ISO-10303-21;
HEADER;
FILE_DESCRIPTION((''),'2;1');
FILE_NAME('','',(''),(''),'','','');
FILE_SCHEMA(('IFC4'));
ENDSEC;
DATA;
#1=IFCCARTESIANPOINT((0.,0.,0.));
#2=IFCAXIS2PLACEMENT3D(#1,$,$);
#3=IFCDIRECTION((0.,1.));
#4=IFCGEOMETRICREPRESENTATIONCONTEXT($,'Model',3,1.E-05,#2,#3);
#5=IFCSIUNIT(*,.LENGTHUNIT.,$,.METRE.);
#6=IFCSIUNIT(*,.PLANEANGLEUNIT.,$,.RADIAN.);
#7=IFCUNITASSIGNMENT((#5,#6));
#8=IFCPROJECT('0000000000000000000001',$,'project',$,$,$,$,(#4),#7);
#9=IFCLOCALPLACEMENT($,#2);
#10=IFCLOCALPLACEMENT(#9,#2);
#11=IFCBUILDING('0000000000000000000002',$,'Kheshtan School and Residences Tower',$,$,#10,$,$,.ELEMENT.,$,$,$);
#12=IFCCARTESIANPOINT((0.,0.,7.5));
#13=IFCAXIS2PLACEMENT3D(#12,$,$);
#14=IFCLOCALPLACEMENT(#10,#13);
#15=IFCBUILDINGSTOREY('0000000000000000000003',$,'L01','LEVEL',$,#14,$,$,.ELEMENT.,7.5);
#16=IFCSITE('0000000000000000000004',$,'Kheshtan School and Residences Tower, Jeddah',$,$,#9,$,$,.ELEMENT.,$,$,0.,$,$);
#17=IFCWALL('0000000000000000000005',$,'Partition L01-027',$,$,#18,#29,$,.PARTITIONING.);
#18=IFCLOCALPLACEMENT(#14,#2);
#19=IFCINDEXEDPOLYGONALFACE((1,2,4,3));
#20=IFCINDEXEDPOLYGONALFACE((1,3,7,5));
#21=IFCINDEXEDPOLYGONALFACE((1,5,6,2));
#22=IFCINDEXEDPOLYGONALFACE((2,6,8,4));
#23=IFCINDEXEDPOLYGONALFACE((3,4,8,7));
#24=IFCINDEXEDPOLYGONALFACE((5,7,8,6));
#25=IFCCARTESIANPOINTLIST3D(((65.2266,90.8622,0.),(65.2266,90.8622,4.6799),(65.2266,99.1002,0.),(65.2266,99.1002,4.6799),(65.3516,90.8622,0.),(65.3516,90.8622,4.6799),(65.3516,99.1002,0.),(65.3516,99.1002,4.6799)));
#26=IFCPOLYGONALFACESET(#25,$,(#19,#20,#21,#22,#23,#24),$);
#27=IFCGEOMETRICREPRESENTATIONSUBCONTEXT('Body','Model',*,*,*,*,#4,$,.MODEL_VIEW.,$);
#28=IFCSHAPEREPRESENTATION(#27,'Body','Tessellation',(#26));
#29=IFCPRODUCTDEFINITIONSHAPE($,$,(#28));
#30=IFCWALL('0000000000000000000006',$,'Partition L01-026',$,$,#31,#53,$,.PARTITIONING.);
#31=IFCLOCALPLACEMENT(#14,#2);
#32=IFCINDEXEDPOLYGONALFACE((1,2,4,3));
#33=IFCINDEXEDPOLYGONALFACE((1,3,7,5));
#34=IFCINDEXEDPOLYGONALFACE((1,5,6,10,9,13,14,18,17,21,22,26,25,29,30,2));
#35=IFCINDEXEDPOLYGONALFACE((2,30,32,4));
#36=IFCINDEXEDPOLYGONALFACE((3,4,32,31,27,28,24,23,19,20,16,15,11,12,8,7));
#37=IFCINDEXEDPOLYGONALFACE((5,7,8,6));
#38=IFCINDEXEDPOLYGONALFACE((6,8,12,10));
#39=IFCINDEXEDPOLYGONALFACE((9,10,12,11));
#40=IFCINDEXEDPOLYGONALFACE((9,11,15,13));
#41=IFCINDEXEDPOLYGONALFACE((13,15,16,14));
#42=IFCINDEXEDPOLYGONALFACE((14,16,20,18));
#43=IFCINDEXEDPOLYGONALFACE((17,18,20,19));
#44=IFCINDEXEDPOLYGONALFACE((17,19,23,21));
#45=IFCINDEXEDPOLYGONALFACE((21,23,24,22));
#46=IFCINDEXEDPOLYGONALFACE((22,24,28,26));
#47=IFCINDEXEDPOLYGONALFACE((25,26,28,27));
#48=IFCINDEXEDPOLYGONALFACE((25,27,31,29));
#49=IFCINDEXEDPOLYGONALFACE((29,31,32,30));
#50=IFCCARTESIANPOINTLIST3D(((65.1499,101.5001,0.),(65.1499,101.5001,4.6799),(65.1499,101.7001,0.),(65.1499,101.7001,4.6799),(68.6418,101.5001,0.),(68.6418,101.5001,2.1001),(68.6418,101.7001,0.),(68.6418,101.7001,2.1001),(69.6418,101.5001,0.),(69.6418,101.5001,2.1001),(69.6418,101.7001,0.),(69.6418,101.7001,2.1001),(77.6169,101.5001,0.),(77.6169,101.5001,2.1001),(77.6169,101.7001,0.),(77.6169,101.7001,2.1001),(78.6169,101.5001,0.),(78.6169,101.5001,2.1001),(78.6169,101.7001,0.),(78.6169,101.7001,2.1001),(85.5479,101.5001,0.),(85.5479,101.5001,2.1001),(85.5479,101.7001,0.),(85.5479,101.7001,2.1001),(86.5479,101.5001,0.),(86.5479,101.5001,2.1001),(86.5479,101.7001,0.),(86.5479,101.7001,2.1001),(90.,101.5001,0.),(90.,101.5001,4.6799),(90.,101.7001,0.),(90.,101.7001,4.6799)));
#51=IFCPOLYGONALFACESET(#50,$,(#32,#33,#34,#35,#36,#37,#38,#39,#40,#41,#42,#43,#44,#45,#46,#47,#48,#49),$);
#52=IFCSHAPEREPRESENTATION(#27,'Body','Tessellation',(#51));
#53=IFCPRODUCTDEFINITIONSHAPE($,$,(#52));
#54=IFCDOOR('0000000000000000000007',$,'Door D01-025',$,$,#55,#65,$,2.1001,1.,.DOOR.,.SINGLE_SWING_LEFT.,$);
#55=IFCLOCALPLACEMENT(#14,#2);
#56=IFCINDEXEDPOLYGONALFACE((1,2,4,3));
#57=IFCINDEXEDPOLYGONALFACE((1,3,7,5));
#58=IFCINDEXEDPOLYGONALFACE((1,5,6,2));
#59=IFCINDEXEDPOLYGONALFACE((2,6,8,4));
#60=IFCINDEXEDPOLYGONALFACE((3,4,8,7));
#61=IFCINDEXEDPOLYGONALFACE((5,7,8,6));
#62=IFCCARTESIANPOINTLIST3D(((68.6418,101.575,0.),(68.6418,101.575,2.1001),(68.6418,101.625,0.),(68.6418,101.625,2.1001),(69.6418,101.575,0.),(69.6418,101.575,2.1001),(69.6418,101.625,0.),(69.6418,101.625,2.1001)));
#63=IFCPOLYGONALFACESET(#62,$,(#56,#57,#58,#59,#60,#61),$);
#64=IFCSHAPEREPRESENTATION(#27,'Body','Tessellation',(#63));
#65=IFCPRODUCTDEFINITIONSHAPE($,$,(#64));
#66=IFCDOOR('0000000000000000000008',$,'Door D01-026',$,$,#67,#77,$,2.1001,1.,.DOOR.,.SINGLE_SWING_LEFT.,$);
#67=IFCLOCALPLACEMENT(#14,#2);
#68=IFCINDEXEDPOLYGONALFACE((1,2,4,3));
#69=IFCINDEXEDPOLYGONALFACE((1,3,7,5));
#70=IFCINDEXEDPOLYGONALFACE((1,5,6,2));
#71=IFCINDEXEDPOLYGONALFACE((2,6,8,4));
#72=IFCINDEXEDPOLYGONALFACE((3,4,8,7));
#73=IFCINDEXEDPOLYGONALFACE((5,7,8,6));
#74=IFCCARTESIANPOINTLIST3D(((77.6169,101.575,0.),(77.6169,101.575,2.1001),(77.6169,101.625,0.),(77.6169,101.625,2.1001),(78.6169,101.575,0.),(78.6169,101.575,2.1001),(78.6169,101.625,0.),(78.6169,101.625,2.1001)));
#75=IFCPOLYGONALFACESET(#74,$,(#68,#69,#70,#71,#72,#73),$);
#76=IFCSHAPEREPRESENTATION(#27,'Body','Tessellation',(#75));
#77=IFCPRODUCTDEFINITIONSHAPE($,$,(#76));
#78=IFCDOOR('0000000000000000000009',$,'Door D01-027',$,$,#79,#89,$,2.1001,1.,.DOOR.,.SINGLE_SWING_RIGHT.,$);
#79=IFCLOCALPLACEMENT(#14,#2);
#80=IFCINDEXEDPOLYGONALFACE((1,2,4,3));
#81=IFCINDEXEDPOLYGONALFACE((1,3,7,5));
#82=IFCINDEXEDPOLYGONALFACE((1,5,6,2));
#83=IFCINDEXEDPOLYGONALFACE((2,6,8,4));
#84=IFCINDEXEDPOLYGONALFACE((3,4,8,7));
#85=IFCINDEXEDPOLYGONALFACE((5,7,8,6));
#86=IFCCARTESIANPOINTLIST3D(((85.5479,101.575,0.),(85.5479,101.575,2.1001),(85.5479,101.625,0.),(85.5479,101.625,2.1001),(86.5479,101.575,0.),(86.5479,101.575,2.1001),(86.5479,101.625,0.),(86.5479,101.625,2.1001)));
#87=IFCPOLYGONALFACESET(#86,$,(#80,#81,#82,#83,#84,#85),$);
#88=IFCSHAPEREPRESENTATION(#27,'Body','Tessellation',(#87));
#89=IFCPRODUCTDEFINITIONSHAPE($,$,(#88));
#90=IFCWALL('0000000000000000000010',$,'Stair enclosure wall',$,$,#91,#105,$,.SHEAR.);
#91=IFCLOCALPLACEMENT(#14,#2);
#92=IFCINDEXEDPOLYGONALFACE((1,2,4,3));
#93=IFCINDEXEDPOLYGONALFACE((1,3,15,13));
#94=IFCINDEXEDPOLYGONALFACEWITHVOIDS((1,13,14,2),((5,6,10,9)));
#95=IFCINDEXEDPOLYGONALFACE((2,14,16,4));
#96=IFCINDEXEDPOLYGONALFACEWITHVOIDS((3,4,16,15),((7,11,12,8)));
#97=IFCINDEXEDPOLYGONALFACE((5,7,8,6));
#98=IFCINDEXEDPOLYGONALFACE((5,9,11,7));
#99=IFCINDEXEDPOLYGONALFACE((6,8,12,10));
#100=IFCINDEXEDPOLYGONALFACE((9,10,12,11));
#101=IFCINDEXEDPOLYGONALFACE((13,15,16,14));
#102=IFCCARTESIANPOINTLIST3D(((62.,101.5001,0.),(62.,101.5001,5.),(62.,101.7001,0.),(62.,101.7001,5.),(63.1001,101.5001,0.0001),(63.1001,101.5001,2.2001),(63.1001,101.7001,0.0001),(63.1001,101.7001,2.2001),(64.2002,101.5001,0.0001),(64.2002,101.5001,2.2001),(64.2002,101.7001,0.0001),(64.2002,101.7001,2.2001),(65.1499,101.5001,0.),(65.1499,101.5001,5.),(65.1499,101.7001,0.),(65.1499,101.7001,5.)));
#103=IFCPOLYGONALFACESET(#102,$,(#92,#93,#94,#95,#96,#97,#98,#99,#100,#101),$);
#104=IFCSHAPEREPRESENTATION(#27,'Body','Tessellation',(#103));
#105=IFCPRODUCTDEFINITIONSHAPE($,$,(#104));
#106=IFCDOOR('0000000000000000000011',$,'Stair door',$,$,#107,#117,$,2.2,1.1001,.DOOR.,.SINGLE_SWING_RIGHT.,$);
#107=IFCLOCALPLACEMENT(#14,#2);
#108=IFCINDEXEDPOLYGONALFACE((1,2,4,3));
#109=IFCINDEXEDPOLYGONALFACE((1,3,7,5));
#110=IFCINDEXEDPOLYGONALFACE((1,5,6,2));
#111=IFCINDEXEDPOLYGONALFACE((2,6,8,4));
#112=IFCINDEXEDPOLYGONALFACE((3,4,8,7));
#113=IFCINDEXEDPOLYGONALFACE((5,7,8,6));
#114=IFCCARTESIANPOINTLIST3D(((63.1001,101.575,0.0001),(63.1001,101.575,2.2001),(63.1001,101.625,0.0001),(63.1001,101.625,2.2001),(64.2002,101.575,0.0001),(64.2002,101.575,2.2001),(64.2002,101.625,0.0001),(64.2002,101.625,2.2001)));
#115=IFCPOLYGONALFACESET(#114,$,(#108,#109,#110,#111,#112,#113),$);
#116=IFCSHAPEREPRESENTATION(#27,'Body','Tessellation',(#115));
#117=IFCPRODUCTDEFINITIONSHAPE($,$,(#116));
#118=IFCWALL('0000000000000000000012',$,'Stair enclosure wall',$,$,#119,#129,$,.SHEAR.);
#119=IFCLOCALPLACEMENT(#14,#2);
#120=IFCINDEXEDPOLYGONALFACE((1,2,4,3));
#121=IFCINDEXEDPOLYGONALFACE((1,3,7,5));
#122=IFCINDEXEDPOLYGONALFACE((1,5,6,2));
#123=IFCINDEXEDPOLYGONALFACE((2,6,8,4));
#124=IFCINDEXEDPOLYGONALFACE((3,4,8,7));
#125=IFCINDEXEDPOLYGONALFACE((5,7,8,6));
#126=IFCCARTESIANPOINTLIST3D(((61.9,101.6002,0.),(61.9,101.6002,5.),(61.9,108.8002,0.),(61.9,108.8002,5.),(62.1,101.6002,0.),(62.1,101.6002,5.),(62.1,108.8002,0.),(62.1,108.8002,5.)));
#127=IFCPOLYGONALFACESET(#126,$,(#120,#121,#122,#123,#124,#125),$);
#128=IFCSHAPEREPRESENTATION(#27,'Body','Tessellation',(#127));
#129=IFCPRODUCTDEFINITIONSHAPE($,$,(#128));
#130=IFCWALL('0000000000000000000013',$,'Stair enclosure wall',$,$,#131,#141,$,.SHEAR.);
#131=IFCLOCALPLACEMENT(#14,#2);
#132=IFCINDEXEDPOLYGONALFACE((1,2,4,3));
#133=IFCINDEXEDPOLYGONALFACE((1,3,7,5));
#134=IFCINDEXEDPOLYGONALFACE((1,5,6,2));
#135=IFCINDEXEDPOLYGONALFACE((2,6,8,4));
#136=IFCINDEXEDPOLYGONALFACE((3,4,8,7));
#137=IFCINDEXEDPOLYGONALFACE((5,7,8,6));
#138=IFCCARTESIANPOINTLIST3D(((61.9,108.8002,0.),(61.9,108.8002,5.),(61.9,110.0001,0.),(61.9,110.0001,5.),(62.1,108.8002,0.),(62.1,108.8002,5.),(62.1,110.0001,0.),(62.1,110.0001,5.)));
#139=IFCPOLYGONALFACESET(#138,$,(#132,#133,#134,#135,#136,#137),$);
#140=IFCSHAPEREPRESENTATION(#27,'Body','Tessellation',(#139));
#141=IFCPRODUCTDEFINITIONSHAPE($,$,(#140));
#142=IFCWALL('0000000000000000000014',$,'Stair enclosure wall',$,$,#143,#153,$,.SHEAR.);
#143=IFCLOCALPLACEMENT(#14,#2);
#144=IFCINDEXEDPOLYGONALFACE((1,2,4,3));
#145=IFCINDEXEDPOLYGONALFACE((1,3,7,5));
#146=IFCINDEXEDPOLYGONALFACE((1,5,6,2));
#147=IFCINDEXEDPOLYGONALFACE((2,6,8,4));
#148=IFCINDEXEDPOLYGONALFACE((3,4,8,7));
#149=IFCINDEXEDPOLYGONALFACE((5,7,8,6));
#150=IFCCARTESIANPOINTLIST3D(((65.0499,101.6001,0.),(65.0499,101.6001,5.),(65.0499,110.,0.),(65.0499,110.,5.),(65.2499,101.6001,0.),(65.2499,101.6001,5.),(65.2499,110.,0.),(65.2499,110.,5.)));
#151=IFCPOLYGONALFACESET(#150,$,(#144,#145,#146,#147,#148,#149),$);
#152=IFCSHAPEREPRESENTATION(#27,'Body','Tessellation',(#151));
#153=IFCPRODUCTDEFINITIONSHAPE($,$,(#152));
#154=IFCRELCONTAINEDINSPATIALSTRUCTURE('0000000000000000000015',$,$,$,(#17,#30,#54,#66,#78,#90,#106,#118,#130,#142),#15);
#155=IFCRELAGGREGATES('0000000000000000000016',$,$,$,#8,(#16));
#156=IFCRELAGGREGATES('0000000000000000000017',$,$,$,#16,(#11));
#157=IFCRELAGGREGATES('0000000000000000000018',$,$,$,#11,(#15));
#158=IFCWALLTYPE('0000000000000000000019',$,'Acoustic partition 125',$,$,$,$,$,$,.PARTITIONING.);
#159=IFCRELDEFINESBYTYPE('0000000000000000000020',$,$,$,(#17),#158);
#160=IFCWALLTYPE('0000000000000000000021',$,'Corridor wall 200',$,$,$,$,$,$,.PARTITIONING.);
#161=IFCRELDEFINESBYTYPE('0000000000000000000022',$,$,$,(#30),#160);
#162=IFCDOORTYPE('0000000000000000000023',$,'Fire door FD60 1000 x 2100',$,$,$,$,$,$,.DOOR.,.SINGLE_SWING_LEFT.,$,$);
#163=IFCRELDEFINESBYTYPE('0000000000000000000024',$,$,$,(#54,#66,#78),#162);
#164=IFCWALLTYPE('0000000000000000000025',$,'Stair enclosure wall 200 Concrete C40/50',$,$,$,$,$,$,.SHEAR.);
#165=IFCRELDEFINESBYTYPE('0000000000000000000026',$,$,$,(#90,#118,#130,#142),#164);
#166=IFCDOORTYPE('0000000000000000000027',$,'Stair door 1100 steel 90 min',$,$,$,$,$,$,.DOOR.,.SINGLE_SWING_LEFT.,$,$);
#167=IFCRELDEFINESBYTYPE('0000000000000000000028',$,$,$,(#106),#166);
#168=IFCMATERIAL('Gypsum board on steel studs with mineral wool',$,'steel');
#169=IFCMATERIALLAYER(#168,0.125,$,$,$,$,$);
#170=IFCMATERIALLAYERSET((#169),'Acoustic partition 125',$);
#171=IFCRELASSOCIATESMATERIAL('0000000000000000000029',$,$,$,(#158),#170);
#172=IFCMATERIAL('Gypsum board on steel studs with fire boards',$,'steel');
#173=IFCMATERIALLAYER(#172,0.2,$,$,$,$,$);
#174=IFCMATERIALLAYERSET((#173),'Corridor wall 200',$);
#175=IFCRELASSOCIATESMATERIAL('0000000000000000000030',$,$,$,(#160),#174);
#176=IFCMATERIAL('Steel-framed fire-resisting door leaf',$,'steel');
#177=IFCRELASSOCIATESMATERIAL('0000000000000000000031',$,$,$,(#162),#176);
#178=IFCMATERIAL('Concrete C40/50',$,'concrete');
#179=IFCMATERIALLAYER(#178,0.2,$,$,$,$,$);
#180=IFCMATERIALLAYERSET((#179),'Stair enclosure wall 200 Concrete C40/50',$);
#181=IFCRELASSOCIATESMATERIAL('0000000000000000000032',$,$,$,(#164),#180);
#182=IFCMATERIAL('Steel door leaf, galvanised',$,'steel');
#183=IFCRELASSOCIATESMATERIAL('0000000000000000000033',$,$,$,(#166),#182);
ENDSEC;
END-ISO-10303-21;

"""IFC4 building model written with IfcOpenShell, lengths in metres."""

from ifc_helpers import new_model, si_unit, direction, frame, frame_2d, origin, place, context, subcontext, project, spatial, rectangle, extrude, source, transform, mapped, material, layer, layer_set, type_object, element, fill, save


model = new_model("IFC4")

# Units and contexts
model_context = context("Model", 3, precision=1e-05, world=origin(), true_north=direction((0.0, 1.0)))
body_context = subcontext(model_context, "Body", "Model", "MODEL_VIEW")
ifc_project = project(units=[si_unit("LENGTHUNIT", "METRE"), si_unit("PLANEANGLEUNIT", "RADIAN")], contexts=[model_context])

# Site, building, storey
site_placement = place(None, origin())
site = spatial("IfcSite", under=ifc_project, at=site_placement, Name="Kheshtan School and Residences Tower, Jeddah", CompositionType="ELEMENT", RefElevation=0.0)
building_placement = place(site_placement, origin())
building = spatial("IfcBuilding", under=site, at=building_placement, Name="Kheshtan School and Residences Tower", CompositionType="ELEMENT")
storey_placement = place(building_placement, frame((0.0, 0.0, 7.5)))
storey = spatial("IfcBuildingStorey", under=building, at=storey_placement, Name="L01", Description="LEVEL", CompositionType="ELEMENT", Elevation=7.5)

# Wall
ifc_material_1 = material(Name="Gypsum board on steel studs with mineral wool", Category="steel")
ifc_layer_1 = layer(ifc_material_1, 0.125)
ifc_layer_set_1 = layer_set([ifc_layer_1], Name="Acoustic partition 125")
wall_type_1 = type_object("IfcWallType", Name="Acoustic partition 125", PredefinedType="PARTITIONING", material=ifc_layer_set_1)
wall_1_placement = place(storey_placement, frame((65.2891, 90.8621, 0.0), z_axis=(0.0, 0.0, 1.0), x_axis=(0.0, 1.0, 0.0)))
element("IfcWall", 1, at=wall_1_placement, inside=storey, type_object=wall_type_1, Name="Partition L01-027", PredefinedType="PARTITIONING", context=body_context, shape_type="SweptSolid", body=[
    extrude(rectangle(XDim=8.238, YDim=0.125, at=frame_2d((4.1191, 0.0))), origin(), (0.0, 0.0, 1.0), 4.6799),
])

# Wall, openings, doors
ifc_material_2 = material(Name="Gypsum board on steel studs with fire boards", Category="steel")
ifc_layer_2 = layer(ifc_material_2, 0.2)
ifc_layer_set_2 = layer_set([ifc_layer_2], Name="Corridor wall 200")
wall_type_2 = type_object("IfcWallType", Name="Corridor wall 200", PredefinedType="PARTITIONING", material=ifc_layer_set_2)
wall_2_placement = place(storey_placement, frame((65.1499, 101.6001, 0.0), z_axis=(0.0, 0.0, 1.0), x_axis=(1.0, 0.0, 0.0)))
wall_2 = element("IfcWall", 2, at=wall_2_placement, inside=storey, type_object=wall_type_2, Name="Partition L01-026", PredefinedType="PARTITIONING", context=body_context, shape_type="SweptSolid", body=[
    extrude(rectangle(XDim=24.8501, YDim=0.2, at=frame_2d((12.425, 0.0))), origin(), (0.0, 0.0, 1.0), 4.6799),
])
opening_1_placement = place(wall_2_placement, frame((3.4919, 0.0, 0.0)))
opening_1 = element("IfcOpeningElement", 3, at=opening_1_placement, cuts=wall_2, PredefinedType="OPENING", context=body_context, shape_type="SweptSolid", body=[
    extrude(rectangle(XDim=1.0, YDim=2.1001, at=frame_2d((0.5, 1.05))), frame((0.0, 0.1099, 0.0), z_axis=(0.0, -1.0, 0.0), x_axis=(1.0, 0.0, 0.0)), (0.0, 0.0, 1.0), 0.22),
])
opening_2_placement = place(wall_2_placement, frame((12.467, 0.0, 0.0)))
opening_2 = element("IfcOpeningElement", 4, at=opening_2_placement, cuts=wall_2, PredefinedType="OPENING", context=body_context, shape_type="SweptSolid", body=[
    extrude(rectangle(XDim=1.0, YDim=2.1001, at=frame_2d((0.5, 1.05))), frame((0.0, 0.1099, 0.0), z_axis=(0.0, -1.0, 0.0), x_axis=(1.0, 0.0, 0.0)), (0.0, 0.0, 1.0), 0.22),
])
opening_3_placement = place(wall_2_placement, frame((20.3979, 0.0, 0.0)))
opening_3 = element("IfcOpeningElement", 5, at=opening_3_placement, cuts=wall_2, PredefinedType="OPENING", context=body_context, shape_type="SweptSolid", body=[
    extrude(rectangle(XDim=1.0, YDim=2.1001, at=frame_2d((0.5, 1.05))), frame((0.0, 0.1099, 0.0), z_axis=(0.0, -1.0, 0.0), x_axis=(1.0, 0.0, 0.0)), (0.0, 0.0, 1.0), 0.22),
])
ifc_material_3 = material(Name="Steel-framed fire-resisting door leaf", Category="steel")
door_type_1 = type_object("IfcDoorType", Name="Fire door FD60 1000 x 2100", OperationType="SINGLE_SWING_LEFT", PredefinedType="DOOR", material=ifc_material_3)
shared_shape_1 = source(origin(), body_context, "Body", "SweptSolid", [
    extrude(rectangle(XDim=1.0, YDim=2.1001, at=frame_2d((0.5, 1.05))), frame((0.0, 0.0249, 0.0), z_axis=(0.0, -1.0, 0.0), x_axis=(1.0, 0.0, 0.0)), (0.0, 0.0, 1.0), 0.05),
])
door_1_placement = place(opening_1_placement, origin())
door_1 = element("IfcDoor", 6, at=door_1_placement, inside=storey, type_object=door_type_1, Name="Door D01-025", OperationType="SINGLE_SWING_LEFT", OverallHeight=2.1001, OverallWidth=1.0, PredefinedType="DOOR", context=body_context, shape_type="MappedRepresentation", body=[
    mapped(shared_shape_1, transform((0.0, 0.0, 0.0), x_axis=(1.0, 0.0, 0.0), y_axis=(0.0, 1.0, 0.0), z_axis=(0.0, 0.0, 1.0), scale=1.0)),
])
fill(opening_1, door_1)
door_2_placement = place(opening_2_placement, origin())
door_2 = element("IfcDoor", 7, at=door_2_placement, inside=storey, type_object=door_type_1, Name="Door D01-026", OperationType="SINGLE_SWING_LEFT", OverallHeight=2.1001, OverallWidth=1.0, PredefinedType="DOOR", context=body_context, shape_type="MappedRepresentation", body=[
    mapped(shared_shape_1, transform((0.0, 0.0, 0.0), x_axis=(1.0, 0.0, 0.0), y_axis=(0.0, 1.0, 0.0), z_axis=(0.0, 0.0, 1.0), scale=1.0)),
])
fill(opening_2, door_2)
door_3_placement = place(opening_3_placement, origin())
door_3 = element("IfcDoor", 8, at=door_3_placement, inside=storey, type_object=door_type_1, Name="Door D01-027", OperationType="SINGLE_SWING_RIGHT", OverallHeight=2.1001, OverallWidth=1.0, PredefinedType="DOOR", context=body_context, shape_type="MappedRepresentation", body=[
    mapped(shared_shape_1, transform((0.0, 0.0, 0.0), x_axis=(1.0, 0.0, 0.0), y_axis=(0.0, 1.0, 0.0), z_axis=(0.0, 0.0, 1.0), scale=1.0)),
])
fill(opening_3, door_3)

# Wall, opening, door
ifc_material_4 = material(Name="Concrete C40/50", Category="concrete")
ifc_layer_3 = layer(ifc_material_4, 0.2)
ifc_layer_set_3 = layer_set([ifc_layer_3], Name="Stair enclosure wall 200 Concrete C40/50")
wall_type_3 = type_object("IfcWallType", Name="Stair enclosure wall 200 Concrete C40/50", PredefinedType="SHEAR", material=ifc_layer_set_3)
wall_3_placement = place(storey_placement, frame((62.0, 101.6001, 0.0), z_axis=(0.0, 0.0, 1.0), x_axis=(1.0, 0.0, 0.0)))
wall_3 = element("IfcWall", 9, at=wall_3_placement, inside=storey, type_object=wall_type_3, Name="Stair enclosure wall", PredefinedType="SHEAR", context=body_context, shape_type="SweptSolid", body=[
    extrude(rectangle(XDim=3.1499, YDim=0.2, at=frame_2d((1.575, 0.0))), origin(), (0.0, 0.0, 1.0), 5.0),
])
opening_4_placement = place(wall_3_placement, frame((1.1001, 0.0, 0.0)))
opening_4 = element("IfcOpeningElement", 10, at=opening_4_placement, cuts=wall_3, PredefinedType="OPENING", context=body_context, shape_type="SweptSolid", body=[
    extrude(rectangle(XDim=1.1001, YDim=2.2, at=frame_2d((0.55, 1.1001))), frame((0.0, 0.1099, 0.0), z_axis=(0.0, -1.0, 0.0), x_axis=(1.0, 0.0, 0.0)), (0.0, 0.0, 1.0), 0.22),
])
ifc_material_5 = material(Name="Steel door leaf, galvanised", Category="steel")
door_type_2 = type_object("IfcDoorType", Name="Stair door 1100 steel 90 min", OperationType="SINGLE_SWING_LEFT", PredefinedType="DOOR", material=ifc_material_5)
shared_shape_2 = source(origin(), body_context, "Body", "SweptSolid", [
    extrude(rectangle(XDim=1.1001, YDim=2.2, at=frame_2d((0.55, 1.1001))), frame((0.0, 0.0249, 0.0), z_axis=(0.0, -1.0, 0.0), x_axis=(1.0, 0.0, 0.0)), (0.0, 0.0, 1.0), 0.05),
])
door_4_placement = place(opening_4_placement, origin())
door_4 = element("IfcDoor", 11, at=door_4_placement, inside=storey, type_object=door_type_2, Name="Stair door", OperationType="SINGLE_SWING_RIGHT", OverallHeight=2.2, OverallWidth=1.1001, PredefinedType="DOOR", context=body_context, shape_type="MappedRepresentation", body=[
    mapped(shared_shape_2, transform((0.0, 0.0, 0.0), x_axis=(1.0, 0.0, 0.0), y_axis=(0.0, 1.0, 0.0), z_axis=(0.0, 0.0, 1.0), scale=1.0)),
])
fill(opening_4, door_4)

# Walls
wall_4_placement = place(storey_placement, frame((62.0, 101.6001, 0.0), z_axis=(0.0, 0.0, 1.0), x_axis=(0.0, 1.0, 0.0)))
element("IfcWall", 12, at=wall_4_placement, inside=storey, type_object=wall_type_3, Name="Stair enclosure wall", PredefinedType="SHEAR", context=body_context, shape_type="SweptSolid", body=[
    extrude(rectangle(XDim=7.2, YDim=0.2, at=frame_2d((3.6001, 0.0))), origin(), (0.0, 0.0, 1.0), 5.0),
])
wall_5_placement = place(storey_placement, frame((62.0, 108.8, 0.0), z_axis=(0.0, 0.0, 1.0), x_axis=(0.0, 1.0, 0.0)))
element("IfcWall", 13, at=wall_5_placement, inside=storey, type_object=wall_type_3, Name="Stair enclosure wall", PredefinedType="SHEAR", context=body_context, shape_type="SweptSolid", body=[
    extrude(rectangle(XDim=1.2, YDim=0.2, at=frame_2d((0.6001, 0.0))), origin(), (0.0, 0.0, 1.0), 5.0),
])
wall_6_placement = place(storey_placement, frame((65.1499, 101.6001, 0.0), z_axis=(0.0, 0.0, 1.0), x_axis=(0.0, 1.0, 0.0)))
element("IfcWall", 14, at=wall_6_placement, inside=storey, type_object=wall_type_3, Name="Stair enclosure wall", PredefinedType="SHEAR", context=body_context, shape_type="SweptSolid", body=[
    extrude(rectangle(XDim=8.3999, YDim=0.2, at=frame_2d((4.2, 0.0))), origin(), (0.0, 0.0, 1.0), 5.0),
])

save(model, "model.ifc")
